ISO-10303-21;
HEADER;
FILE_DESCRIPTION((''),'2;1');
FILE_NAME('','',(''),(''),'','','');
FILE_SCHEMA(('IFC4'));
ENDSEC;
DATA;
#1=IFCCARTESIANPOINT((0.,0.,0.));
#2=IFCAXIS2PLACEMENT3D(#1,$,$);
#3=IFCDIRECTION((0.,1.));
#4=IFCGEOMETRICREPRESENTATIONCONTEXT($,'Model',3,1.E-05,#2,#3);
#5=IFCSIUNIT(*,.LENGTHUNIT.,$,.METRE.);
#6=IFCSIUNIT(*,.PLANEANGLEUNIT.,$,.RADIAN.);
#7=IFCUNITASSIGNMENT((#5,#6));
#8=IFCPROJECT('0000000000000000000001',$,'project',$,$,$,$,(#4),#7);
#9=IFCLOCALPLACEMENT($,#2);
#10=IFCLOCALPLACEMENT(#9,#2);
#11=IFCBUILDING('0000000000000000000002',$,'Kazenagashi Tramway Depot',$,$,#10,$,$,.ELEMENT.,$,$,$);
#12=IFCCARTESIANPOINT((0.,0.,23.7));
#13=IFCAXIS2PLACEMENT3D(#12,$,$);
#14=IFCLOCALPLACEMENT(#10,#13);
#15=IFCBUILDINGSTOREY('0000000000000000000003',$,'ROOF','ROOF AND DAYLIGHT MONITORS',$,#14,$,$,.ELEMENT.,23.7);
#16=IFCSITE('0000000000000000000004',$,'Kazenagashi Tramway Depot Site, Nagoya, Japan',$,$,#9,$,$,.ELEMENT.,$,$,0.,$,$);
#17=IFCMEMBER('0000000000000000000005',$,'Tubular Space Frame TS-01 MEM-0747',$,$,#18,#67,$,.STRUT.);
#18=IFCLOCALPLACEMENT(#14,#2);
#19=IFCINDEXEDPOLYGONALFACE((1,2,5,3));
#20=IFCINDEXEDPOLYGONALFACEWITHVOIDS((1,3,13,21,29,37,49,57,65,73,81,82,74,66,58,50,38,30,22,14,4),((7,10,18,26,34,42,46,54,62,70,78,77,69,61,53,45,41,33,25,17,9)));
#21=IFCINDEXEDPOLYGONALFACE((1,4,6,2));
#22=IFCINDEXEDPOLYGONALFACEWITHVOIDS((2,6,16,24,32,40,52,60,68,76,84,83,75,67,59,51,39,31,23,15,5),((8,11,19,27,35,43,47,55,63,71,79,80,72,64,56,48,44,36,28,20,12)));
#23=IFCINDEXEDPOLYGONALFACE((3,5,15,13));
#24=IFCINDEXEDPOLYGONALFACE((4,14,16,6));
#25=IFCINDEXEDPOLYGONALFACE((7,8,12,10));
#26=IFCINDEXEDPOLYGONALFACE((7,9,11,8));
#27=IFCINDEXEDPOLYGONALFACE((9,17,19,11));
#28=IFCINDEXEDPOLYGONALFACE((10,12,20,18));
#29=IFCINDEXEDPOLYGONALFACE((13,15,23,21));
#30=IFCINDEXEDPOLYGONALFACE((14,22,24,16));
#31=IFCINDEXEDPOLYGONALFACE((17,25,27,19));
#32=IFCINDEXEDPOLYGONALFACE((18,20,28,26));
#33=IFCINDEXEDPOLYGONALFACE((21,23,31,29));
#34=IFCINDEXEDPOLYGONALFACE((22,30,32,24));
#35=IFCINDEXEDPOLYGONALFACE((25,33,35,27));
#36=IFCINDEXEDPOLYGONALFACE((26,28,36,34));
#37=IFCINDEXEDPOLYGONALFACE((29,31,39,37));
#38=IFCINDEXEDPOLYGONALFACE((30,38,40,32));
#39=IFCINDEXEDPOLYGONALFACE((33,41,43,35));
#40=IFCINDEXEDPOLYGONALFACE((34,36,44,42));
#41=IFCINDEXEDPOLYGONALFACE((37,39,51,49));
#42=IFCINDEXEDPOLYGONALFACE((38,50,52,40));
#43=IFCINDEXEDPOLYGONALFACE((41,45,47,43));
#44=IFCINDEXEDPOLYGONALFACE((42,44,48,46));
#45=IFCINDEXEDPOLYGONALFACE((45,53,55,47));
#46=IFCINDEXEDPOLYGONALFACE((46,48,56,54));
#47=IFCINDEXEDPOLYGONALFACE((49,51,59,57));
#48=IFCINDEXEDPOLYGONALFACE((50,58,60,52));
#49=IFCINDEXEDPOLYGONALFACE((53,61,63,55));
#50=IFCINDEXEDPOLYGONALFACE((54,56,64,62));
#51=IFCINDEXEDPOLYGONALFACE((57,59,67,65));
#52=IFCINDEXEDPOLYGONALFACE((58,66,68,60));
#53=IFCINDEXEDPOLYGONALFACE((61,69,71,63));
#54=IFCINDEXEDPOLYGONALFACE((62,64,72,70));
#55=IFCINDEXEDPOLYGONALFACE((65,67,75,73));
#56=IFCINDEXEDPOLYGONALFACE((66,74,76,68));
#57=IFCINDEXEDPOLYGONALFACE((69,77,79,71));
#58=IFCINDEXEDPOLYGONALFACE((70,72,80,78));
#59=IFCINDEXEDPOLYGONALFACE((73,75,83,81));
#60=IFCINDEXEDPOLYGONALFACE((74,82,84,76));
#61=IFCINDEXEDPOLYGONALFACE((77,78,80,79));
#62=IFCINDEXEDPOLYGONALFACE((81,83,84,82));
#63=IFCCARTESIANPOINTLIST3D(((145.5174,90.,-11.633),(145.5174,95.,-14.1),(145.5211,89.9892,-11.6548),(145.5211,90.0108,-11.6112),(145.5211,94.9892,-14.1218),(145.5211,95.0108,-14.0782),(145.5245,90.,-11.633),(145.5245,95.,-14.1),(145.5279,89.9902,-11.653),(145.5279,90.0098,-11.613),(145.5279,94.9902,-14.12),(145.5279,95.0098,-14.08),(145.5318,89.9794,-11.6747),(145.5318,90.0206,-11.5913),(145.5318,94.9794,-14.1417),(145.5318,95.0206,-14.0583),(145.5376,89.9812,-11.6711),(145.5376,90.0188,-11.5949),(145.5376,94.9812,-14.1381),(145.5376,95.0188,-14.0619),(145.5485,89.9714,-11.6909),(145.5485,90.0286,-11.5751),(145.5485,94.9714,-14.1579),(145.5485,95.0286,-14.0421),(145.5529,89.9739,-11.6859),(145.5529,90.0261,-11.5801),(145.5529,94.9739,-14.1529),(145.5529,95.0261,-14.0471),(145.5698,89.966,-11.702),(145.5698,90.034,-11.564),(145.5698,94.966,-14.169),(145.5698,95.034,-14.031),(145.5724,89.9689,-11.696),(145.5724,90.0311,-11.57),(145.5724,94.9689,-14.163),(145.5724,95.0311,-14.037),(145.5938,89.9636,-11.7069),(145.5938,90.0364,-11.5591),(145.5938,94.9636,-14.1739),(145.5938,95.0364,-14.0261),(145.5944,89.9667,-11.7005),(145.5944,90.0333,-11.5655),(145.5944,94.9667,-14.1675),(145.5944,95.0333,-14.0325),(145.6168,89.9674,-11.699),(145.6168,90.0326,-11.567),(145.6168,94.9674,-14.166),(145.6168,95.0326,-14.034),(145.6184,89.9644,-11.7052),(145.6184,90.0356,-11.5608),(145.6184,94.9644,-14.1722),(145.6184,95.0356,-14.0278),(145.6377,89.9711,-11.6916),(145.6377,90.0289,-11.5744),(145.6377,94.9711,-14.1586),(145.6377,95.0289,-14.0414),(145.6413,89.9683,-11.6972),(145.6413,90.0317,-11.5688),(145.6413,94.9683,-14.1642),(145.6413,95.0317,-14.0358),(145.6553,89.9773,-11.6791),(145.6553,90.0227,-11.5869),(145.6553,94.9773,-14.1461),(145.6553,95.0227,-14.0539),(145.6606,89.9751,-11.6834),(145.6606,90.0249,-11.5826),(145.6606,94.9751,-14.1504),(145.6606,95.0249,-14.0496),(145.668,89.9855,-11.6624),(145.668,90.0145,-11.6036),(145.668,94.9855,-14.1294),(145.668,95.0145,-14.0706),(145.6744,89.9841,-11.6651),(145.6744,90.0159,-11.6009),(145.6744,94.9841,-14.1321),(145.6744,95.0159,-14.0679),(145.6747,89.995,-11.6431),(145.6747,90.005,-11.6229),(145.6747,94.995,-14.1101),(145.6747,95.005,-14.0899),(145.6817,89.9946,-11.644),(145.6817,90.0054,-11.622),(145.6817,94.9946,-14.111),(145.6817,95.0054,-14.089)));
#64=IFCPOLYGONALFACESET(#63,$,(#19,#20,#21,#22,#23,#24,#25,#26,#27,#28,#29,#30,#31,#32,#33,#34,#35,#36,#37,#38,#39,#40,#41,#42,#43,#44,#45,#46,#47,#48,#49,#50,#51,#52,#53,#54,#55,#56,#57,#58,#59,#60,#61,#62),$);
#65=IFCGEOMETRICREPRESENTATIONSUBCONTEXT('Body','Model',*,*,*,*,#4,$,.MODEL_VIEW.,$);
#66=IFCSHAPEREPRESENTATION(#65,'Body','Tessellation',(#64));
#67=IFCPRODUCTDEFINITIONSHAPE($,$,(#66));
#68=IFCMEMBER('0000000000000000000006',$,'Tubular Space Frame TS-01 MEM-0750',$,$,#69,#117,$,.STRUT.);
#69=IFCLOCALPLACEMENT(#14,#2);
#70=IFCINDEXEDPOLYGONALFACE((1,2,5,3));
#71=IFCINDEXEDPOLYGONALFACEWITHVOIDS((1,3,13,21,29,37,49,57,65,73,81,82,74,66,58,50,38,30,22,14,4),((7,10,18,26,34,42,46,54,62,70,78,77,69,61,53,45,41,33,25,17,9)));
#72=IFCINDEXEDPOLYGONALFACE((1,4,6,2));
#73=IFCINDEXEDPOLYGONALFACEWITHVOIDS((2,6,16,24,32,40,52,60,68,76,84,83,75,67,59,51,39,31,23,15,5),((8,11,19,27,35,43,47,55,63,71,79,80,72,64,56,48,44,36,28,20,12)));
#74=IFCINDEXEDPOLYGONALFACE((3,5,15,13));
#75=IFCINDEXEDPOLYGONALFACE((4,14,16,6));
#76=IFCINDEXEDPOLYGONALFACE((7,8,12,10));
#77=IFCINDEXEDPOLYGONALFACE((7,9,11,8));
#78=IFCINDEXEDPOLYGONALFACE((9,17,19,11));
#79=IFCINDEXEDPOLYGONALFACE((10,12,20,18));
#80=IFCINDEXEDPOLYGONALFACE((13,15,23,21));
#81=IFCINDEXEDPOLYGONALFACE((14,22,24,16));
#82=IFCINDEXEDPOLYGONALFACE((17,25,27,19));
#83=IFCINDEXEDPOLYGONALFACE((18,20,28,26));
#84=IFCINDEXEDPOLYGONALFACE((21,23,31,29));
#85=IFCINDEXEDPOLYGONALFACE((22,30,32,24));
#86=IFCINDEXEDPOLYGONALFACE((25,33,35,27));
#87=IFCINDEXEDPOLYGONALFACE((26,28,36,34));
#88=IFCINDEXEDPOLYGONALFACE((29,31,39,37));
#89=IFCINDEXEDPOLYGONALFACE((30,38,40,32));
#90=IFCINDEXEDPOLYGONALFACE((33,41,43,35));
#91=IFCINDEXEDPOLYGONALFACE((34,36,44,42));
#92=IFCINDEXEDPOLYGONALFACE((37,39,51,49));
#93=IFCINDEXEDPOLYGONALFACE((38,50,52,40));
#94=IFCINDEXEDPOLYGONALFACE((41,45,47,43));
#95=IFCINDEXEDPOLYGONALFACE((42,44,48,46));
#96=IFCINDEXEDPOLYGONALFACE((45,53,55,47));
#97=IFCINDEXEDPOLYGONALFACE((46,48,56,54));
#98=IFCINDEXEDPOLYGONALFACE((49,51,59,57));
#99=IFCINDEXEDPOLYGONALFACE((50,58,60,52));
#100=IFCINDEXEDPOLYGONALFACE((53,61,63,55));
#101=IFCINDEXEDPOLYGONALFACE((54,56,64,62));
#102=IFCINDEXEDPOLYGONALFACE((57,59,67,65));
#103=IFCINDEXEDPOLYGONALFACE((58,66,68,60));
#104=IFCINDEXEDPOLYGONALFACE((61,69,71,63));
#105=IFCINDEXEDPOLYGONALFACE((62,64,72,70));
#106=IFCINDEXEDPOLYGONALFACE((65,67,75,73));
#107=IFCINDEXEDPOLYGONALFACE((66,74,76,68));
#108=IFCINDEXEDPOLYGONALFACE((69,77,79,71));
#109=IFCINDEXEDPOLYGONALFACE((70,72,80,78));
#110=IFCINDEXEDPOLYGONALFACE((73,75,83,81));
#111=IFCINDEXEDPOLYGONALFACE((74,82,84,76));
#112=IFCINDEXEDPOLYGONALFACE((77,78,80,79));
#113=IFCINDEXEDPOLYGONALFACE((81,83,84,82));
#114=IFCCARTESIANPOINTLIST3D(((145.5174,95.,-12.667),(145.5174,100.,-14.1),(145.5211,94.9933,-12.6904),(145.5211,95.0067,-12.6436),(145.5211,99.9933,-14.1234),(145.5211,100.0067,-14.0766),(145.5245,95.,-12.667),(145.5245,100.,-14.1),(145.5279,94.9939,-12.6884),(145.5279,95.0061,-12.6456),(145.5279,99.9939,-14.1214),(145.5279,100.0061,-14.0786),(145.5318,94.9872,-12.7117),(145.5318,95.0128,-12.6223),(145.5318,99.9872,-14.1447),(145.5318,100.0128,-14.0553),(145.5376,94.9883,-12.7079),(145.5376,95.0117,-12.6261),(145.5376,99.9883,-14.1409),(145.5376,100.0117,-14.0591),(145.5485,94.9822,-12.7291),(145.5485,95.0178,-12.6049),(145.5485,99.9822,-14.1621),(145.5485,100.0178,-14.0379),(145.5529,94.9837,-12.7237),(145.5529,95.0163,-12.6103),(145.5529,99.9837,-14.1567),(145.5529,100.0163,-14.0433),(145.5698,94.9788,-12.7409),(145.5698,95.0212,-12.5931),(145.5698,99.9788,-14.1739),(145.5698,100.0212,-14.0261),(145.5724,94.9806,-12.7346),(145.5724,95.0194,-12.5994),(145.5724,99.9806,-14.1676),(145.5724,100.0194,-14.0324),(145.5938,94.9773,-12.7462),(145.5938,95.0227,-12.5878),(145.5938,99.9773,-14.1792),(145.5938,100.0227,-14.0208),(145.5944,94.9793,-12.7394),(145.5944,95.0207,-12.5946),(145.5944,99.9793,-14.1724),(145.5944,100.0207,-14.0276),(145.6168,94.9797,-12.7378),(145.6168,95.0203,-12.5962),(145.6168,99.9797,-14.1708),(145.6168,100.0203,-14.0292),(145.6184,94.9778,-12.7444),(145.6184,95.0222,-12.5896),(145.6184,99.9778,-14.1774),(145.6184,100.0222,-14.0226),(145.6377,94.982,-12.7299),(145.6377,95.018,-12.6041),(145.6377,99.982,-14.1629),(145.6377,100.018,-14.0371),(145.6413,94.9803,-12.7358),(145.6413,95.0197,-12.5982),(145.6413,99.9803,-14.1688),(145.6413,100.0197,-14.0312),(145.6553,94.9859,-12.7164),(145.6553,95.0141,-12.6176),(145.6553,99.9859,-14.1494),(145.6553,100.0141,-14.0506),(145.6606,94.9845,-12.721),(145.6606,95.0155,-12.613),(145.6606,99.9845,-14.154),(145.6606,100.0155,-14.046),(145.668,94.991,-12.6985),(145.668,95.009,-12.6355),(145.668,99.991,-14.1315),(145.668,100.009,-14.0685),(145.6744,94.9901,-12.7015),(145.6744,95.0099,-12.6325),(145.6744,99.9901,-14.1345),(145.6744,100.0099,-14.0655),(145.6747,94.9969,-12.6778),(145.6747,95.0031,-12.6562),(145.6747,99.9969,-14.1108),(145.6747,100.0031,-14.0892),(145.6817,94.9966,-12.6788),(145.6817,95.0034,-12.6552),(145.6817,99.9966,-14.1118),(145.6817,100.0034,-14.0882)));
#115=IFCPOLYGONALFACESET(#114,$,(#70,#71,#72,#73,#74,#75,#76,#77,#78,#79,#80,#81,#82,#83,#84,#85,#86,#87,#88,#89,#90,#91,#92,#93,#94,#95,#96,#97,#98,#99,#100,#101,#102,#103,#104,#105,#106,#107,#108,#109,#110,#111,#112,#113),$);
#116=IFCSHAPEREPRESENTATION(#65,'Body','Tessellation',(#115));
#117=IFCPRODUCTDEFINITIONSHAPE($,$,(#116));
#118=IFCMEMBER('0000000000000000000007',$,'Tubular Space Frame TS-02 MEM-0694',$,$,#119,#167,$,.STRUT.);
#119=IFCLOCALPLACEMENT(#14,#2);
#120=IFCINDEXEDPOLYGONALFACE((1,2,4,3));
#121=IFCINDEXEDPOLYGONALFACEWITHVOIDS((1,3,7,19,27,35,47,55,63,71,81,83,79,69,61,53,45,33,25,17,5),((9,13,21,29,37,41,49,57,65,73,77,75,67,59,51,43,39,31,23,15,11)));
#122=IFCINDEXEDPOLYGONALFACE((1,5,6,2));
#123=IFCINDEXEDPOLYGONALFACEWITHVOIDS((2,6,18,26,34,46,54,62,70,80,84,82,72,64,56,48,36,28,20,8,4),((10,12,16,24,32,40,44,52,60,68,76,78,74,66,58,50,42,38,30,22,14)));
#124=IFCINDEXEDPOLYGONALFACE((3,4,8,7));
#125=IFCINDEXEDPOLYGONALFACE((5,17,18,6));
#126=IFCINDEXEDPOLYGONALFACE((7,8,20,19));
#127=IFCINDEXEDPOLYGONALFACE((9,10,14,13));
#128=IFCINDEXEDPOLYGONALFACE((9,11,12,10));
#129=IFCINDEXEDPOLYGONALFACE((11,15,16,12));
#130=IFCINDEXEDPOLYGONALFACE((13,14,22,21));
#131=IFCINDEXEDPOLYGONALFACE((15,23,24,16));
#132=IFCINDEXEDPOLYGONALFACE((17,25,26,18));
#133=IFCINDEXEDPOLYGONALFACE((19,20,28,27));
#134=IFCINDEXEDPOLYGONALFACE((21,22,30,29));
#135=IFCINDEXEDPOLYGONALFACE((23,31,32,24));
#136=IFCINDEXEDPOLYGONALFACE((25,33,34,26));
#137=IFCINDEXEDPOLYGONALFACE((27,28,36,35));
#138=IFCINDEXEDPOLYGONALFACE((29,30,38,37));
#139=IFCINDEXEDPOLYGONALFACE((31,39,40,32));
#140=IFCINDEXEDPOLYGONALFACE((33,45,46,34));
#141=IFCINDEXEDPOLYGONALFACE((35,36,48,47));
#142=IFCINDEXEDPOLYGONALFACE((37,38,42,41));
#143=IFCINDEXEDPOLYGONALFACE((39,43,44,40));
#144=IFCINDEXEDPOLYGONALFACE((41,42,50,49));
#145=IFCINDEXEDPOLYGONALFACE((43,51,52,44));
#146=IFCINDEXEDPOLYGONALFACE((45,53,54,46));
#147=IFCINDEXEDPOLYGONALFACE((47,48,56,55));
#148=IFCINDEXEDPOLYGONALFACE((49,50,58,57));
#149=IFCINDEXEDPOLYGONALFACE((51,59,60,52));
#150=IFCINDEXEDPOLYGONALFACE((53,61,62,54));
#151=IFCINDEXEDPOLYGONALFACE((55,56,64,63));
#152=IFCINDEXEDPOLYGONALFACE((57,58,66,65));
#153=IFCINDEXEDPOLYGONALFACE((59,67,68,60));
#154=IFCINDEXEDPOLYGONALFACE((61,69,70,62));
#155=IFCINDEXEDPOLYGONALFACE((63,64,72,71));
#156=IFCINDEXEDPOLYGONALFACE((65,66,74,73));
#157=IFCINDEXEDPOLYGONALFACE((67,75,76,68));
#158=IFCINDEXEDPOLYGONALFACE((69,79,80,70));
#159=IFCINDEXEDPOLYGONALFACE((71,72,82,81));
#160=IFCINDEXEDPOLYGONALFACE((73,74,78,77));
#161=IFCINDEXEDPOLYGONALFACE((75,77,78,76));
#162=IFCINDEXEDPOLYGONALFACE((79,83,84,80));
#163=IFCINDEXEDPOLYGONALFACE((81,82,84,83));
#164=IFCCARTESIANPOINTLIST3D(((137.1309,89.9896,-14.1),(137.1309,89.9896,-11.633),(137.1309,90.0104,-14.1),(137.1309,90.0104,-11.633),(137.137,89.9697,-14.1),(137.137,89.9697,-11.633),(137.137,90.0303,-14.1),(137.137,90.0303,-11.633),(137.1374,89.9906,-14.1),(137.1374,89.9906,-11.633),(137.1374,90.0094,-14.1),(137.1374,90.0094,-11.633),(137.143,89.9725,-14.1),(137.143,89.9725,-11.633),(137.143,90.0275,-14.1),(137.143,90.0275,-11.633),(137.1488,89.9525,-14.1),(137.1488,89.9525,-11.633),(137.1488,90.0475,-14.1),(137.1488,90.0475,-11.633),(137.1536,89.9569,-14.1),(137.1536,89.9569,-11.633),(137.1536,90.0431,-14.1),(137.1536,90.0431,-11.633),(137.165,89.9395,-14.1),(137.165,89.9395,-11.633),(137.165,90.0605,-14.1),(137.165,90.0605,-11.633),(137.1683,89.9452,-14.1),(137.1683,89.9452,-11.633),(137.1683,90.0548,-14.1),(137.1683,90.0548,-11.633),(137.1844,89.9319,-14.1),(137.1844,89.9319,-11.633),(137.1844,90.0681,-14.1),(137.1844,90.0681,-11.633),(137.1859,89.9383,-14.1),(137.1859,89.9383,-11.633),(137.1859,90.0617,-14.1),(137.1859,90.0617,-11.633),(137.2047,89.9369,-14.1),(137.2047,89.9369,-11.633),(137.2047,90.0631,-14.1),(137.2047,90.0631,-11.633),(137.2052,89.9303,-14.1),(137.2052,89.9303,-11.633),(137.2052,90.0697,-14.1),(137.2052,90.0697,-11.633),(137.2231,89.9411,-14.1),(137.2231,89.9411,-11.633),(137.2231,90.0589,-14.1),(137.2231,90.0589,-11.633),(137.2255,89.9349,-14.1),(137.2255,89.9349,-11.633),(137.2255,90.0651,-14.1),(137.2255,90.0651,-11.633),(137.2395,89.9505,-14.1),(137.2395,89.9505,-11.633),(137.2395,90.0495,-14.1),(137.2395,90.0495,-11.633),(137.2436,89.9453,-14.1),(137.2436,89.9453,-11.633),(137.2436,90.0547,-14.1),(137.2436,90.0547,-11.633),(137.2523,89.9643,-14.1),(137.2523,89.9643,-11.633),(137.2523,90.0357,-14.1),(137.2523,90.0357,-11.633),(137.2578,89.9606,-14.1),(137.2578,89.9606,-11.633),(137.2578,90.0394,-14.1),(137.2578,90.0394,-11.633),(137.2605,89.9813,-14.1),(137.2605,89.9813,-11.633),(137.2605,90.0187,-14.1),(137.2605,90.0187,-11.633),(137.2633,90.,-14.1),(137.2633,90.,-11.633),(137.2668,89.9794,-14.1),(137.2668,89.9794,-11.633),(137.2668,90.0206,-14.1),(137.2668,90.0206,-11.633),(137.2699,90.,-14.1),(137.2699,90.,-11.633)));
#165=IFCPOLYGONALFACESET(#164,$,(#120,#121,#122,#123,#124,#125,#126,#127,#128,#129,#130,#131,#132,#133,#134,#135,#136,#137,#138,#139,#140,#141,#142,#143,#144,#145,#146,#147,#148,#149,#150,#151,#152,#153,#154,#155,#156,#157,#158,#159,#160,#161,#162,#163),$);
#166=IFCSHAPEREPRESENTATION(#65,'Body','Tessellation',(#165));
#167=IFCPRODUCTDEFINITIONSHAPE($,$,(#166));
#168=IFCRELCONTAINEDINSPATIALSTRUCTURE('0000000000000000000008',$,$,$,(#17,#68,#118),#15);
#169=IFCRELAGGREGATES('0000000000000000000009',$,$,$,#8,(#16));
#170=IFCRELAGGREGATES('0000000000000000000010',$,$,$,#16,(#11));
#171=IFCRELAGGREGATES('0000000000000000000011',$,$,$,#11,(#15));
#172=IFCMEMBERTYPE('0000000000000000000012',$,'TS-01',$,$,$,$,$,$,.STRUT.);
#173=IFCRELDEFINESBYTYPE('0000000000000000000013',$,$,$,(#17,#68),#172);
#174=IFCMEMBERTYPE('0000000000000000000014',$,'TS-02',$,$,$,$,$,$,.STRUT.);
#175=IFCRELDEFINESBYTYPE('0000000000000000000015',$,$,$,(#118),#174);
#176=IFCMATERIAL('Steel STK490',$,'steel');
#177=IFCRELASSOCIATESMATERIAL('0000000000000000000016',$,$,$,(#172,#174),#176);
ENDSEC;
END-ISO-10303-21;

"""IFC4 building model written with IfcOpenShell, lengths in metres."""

from ifc_helpers import new_model, si_unit, direction, frame, origin, origin_2d, place, context, subcontext, project, spatial, hollow_circle, extrude, material, material_profile, profile_set, type_object, element, save


model = new_model("IFC4")

# Units and contexts
model_context = context("Model", 3, precision=1e-05, world=origin(), true_north=direction((0.0, 1.0)))
body_context = subcontext(model_context, "Body", "Model", "MODEL_VIEW")
ifc_project = project(units=[si_unit("LENGTHUNIT", "METRE"), si_unit("PLANEANGLEUNIT", "RADIAN")], contexts=[model_context])

# Site, building, storey
site_placement = place(None, origin())
site = spatial("IfcSite", under=ifc_project, at=site_placement, Name="Kazenagashi Tramway Depot Site, Nagoya, Japan", CompositionType="ELEMENT", RefElevation=0.0)
building_placement = place(site_placement, origin())
building = spatial("IfcBuilding", under=site, at=building_placement, Name="Kazenagashi Tramway Depot", CompositionType="ELEMENT")
storey_placement = place(building_placement, frame((0.0, 0.0, 23.7)))
storey = spatial("IfcBuildingStorey", under=building, at=storey_placement, Name="ROOF", Description="ROOF AND DAYLIGHT MONITORS", CompositionType="ELEMENT", Elevation=23.7)

# Members
ifc_material_1 = material(Name="Steel STK490", Category="steel")
ifc_material_profile_1 = material_profile(ifc_material_1, hollow_circle(Radius=0.0826, WallThickness=0.0071, at=origin_2d()), Name="CHS-165.2x7.1")
ifc_profile_set_1 = profile_set([ifc_material_profile_1], Name="Steel STK490")
member_type_1 = type_object("IfcMemberType", Name="TS-01", PredefinedType="STRUT", material=ifc_profile_set_1)
for number, where, z_axis, x_axis, name in (
    (1, (145.6, 90.0, -11.633), (0.0, 0.896782, -0.442472), (-1.0, 0.0, 0.0), "Tubular Space Frame TS-01 MEM-0747"),
):
    element("IfcMember", number, at=place(storey_placement, frame(where, z_axis=z_axis, x_axis=x_axis)), inside=storey, type_object=member_type_1, Name=name, PredefinedType="STRUT", context=body_context, shape_type="SweptSolid", body=[
        extrude(hollow_circle(Radius=0.0826, WallThickness=0.0071, at=origin_2d()), origin(), (0.0, 0.0, 1.0), 5.5755),
    ])
member_1_placement = place(storey_placement, frame((145.6, 95.0, -12.667), z_axis=(0.0, 0.961299, -0.275508), x_axis=(-1.0, 0.0, 0.0)))
element("IfcMember", 2, at=member_1_placement, inside=storey, type_object=member_type_1, Name="Tubular Space Frame TS-01 MEM-0750", PredefinedType="STRUT", context=body_context, shape_type="SweptSolid", body=[
    extrude(hollow_circle(Radius=0.0826, WallThickness=0.0071, at=origin_2d()), origin(), (0.0, 0.0, 1.0), 5.2013),
])
ifc_material_profile_2 = material_profile(ifc_material_1, hollow_circle(Radius=0.0699, WallThickness=0.0066, at=origin_2d()), Name="CHS-139.8x6.6")
ifc_profile_set_2 = profile_set([ifc_material_profile_2], Name="Steel STK490")
member_type_2 = type_object("IfcMemberType", Name="TS-02", PredefinedType="STRUT", material=ifc_profile_set_2)
member_2_placement = place(storey_placement, frame((137.2, 90.0, -14.1), z_axis=(0.0, 0.0, 1.0), x_axis=(1.0, 0.0, 0.0)))
element("IfcMember", 3, at=member_2_placement, inside=storey, type_object=member_type_2, Name="Tubular Space Frame TS-02 MEM-0694", PredefinedType="STRUT", context=body_context, shape_type="SweptSolid", body=[
    extrude(hollow_circle(Radius=0.0699, WallThickness=0.0066, at=origin_2d()), origin(), (0.0, 0.0, 1.0), 2.467),
])

save(model, "model.ifc")
